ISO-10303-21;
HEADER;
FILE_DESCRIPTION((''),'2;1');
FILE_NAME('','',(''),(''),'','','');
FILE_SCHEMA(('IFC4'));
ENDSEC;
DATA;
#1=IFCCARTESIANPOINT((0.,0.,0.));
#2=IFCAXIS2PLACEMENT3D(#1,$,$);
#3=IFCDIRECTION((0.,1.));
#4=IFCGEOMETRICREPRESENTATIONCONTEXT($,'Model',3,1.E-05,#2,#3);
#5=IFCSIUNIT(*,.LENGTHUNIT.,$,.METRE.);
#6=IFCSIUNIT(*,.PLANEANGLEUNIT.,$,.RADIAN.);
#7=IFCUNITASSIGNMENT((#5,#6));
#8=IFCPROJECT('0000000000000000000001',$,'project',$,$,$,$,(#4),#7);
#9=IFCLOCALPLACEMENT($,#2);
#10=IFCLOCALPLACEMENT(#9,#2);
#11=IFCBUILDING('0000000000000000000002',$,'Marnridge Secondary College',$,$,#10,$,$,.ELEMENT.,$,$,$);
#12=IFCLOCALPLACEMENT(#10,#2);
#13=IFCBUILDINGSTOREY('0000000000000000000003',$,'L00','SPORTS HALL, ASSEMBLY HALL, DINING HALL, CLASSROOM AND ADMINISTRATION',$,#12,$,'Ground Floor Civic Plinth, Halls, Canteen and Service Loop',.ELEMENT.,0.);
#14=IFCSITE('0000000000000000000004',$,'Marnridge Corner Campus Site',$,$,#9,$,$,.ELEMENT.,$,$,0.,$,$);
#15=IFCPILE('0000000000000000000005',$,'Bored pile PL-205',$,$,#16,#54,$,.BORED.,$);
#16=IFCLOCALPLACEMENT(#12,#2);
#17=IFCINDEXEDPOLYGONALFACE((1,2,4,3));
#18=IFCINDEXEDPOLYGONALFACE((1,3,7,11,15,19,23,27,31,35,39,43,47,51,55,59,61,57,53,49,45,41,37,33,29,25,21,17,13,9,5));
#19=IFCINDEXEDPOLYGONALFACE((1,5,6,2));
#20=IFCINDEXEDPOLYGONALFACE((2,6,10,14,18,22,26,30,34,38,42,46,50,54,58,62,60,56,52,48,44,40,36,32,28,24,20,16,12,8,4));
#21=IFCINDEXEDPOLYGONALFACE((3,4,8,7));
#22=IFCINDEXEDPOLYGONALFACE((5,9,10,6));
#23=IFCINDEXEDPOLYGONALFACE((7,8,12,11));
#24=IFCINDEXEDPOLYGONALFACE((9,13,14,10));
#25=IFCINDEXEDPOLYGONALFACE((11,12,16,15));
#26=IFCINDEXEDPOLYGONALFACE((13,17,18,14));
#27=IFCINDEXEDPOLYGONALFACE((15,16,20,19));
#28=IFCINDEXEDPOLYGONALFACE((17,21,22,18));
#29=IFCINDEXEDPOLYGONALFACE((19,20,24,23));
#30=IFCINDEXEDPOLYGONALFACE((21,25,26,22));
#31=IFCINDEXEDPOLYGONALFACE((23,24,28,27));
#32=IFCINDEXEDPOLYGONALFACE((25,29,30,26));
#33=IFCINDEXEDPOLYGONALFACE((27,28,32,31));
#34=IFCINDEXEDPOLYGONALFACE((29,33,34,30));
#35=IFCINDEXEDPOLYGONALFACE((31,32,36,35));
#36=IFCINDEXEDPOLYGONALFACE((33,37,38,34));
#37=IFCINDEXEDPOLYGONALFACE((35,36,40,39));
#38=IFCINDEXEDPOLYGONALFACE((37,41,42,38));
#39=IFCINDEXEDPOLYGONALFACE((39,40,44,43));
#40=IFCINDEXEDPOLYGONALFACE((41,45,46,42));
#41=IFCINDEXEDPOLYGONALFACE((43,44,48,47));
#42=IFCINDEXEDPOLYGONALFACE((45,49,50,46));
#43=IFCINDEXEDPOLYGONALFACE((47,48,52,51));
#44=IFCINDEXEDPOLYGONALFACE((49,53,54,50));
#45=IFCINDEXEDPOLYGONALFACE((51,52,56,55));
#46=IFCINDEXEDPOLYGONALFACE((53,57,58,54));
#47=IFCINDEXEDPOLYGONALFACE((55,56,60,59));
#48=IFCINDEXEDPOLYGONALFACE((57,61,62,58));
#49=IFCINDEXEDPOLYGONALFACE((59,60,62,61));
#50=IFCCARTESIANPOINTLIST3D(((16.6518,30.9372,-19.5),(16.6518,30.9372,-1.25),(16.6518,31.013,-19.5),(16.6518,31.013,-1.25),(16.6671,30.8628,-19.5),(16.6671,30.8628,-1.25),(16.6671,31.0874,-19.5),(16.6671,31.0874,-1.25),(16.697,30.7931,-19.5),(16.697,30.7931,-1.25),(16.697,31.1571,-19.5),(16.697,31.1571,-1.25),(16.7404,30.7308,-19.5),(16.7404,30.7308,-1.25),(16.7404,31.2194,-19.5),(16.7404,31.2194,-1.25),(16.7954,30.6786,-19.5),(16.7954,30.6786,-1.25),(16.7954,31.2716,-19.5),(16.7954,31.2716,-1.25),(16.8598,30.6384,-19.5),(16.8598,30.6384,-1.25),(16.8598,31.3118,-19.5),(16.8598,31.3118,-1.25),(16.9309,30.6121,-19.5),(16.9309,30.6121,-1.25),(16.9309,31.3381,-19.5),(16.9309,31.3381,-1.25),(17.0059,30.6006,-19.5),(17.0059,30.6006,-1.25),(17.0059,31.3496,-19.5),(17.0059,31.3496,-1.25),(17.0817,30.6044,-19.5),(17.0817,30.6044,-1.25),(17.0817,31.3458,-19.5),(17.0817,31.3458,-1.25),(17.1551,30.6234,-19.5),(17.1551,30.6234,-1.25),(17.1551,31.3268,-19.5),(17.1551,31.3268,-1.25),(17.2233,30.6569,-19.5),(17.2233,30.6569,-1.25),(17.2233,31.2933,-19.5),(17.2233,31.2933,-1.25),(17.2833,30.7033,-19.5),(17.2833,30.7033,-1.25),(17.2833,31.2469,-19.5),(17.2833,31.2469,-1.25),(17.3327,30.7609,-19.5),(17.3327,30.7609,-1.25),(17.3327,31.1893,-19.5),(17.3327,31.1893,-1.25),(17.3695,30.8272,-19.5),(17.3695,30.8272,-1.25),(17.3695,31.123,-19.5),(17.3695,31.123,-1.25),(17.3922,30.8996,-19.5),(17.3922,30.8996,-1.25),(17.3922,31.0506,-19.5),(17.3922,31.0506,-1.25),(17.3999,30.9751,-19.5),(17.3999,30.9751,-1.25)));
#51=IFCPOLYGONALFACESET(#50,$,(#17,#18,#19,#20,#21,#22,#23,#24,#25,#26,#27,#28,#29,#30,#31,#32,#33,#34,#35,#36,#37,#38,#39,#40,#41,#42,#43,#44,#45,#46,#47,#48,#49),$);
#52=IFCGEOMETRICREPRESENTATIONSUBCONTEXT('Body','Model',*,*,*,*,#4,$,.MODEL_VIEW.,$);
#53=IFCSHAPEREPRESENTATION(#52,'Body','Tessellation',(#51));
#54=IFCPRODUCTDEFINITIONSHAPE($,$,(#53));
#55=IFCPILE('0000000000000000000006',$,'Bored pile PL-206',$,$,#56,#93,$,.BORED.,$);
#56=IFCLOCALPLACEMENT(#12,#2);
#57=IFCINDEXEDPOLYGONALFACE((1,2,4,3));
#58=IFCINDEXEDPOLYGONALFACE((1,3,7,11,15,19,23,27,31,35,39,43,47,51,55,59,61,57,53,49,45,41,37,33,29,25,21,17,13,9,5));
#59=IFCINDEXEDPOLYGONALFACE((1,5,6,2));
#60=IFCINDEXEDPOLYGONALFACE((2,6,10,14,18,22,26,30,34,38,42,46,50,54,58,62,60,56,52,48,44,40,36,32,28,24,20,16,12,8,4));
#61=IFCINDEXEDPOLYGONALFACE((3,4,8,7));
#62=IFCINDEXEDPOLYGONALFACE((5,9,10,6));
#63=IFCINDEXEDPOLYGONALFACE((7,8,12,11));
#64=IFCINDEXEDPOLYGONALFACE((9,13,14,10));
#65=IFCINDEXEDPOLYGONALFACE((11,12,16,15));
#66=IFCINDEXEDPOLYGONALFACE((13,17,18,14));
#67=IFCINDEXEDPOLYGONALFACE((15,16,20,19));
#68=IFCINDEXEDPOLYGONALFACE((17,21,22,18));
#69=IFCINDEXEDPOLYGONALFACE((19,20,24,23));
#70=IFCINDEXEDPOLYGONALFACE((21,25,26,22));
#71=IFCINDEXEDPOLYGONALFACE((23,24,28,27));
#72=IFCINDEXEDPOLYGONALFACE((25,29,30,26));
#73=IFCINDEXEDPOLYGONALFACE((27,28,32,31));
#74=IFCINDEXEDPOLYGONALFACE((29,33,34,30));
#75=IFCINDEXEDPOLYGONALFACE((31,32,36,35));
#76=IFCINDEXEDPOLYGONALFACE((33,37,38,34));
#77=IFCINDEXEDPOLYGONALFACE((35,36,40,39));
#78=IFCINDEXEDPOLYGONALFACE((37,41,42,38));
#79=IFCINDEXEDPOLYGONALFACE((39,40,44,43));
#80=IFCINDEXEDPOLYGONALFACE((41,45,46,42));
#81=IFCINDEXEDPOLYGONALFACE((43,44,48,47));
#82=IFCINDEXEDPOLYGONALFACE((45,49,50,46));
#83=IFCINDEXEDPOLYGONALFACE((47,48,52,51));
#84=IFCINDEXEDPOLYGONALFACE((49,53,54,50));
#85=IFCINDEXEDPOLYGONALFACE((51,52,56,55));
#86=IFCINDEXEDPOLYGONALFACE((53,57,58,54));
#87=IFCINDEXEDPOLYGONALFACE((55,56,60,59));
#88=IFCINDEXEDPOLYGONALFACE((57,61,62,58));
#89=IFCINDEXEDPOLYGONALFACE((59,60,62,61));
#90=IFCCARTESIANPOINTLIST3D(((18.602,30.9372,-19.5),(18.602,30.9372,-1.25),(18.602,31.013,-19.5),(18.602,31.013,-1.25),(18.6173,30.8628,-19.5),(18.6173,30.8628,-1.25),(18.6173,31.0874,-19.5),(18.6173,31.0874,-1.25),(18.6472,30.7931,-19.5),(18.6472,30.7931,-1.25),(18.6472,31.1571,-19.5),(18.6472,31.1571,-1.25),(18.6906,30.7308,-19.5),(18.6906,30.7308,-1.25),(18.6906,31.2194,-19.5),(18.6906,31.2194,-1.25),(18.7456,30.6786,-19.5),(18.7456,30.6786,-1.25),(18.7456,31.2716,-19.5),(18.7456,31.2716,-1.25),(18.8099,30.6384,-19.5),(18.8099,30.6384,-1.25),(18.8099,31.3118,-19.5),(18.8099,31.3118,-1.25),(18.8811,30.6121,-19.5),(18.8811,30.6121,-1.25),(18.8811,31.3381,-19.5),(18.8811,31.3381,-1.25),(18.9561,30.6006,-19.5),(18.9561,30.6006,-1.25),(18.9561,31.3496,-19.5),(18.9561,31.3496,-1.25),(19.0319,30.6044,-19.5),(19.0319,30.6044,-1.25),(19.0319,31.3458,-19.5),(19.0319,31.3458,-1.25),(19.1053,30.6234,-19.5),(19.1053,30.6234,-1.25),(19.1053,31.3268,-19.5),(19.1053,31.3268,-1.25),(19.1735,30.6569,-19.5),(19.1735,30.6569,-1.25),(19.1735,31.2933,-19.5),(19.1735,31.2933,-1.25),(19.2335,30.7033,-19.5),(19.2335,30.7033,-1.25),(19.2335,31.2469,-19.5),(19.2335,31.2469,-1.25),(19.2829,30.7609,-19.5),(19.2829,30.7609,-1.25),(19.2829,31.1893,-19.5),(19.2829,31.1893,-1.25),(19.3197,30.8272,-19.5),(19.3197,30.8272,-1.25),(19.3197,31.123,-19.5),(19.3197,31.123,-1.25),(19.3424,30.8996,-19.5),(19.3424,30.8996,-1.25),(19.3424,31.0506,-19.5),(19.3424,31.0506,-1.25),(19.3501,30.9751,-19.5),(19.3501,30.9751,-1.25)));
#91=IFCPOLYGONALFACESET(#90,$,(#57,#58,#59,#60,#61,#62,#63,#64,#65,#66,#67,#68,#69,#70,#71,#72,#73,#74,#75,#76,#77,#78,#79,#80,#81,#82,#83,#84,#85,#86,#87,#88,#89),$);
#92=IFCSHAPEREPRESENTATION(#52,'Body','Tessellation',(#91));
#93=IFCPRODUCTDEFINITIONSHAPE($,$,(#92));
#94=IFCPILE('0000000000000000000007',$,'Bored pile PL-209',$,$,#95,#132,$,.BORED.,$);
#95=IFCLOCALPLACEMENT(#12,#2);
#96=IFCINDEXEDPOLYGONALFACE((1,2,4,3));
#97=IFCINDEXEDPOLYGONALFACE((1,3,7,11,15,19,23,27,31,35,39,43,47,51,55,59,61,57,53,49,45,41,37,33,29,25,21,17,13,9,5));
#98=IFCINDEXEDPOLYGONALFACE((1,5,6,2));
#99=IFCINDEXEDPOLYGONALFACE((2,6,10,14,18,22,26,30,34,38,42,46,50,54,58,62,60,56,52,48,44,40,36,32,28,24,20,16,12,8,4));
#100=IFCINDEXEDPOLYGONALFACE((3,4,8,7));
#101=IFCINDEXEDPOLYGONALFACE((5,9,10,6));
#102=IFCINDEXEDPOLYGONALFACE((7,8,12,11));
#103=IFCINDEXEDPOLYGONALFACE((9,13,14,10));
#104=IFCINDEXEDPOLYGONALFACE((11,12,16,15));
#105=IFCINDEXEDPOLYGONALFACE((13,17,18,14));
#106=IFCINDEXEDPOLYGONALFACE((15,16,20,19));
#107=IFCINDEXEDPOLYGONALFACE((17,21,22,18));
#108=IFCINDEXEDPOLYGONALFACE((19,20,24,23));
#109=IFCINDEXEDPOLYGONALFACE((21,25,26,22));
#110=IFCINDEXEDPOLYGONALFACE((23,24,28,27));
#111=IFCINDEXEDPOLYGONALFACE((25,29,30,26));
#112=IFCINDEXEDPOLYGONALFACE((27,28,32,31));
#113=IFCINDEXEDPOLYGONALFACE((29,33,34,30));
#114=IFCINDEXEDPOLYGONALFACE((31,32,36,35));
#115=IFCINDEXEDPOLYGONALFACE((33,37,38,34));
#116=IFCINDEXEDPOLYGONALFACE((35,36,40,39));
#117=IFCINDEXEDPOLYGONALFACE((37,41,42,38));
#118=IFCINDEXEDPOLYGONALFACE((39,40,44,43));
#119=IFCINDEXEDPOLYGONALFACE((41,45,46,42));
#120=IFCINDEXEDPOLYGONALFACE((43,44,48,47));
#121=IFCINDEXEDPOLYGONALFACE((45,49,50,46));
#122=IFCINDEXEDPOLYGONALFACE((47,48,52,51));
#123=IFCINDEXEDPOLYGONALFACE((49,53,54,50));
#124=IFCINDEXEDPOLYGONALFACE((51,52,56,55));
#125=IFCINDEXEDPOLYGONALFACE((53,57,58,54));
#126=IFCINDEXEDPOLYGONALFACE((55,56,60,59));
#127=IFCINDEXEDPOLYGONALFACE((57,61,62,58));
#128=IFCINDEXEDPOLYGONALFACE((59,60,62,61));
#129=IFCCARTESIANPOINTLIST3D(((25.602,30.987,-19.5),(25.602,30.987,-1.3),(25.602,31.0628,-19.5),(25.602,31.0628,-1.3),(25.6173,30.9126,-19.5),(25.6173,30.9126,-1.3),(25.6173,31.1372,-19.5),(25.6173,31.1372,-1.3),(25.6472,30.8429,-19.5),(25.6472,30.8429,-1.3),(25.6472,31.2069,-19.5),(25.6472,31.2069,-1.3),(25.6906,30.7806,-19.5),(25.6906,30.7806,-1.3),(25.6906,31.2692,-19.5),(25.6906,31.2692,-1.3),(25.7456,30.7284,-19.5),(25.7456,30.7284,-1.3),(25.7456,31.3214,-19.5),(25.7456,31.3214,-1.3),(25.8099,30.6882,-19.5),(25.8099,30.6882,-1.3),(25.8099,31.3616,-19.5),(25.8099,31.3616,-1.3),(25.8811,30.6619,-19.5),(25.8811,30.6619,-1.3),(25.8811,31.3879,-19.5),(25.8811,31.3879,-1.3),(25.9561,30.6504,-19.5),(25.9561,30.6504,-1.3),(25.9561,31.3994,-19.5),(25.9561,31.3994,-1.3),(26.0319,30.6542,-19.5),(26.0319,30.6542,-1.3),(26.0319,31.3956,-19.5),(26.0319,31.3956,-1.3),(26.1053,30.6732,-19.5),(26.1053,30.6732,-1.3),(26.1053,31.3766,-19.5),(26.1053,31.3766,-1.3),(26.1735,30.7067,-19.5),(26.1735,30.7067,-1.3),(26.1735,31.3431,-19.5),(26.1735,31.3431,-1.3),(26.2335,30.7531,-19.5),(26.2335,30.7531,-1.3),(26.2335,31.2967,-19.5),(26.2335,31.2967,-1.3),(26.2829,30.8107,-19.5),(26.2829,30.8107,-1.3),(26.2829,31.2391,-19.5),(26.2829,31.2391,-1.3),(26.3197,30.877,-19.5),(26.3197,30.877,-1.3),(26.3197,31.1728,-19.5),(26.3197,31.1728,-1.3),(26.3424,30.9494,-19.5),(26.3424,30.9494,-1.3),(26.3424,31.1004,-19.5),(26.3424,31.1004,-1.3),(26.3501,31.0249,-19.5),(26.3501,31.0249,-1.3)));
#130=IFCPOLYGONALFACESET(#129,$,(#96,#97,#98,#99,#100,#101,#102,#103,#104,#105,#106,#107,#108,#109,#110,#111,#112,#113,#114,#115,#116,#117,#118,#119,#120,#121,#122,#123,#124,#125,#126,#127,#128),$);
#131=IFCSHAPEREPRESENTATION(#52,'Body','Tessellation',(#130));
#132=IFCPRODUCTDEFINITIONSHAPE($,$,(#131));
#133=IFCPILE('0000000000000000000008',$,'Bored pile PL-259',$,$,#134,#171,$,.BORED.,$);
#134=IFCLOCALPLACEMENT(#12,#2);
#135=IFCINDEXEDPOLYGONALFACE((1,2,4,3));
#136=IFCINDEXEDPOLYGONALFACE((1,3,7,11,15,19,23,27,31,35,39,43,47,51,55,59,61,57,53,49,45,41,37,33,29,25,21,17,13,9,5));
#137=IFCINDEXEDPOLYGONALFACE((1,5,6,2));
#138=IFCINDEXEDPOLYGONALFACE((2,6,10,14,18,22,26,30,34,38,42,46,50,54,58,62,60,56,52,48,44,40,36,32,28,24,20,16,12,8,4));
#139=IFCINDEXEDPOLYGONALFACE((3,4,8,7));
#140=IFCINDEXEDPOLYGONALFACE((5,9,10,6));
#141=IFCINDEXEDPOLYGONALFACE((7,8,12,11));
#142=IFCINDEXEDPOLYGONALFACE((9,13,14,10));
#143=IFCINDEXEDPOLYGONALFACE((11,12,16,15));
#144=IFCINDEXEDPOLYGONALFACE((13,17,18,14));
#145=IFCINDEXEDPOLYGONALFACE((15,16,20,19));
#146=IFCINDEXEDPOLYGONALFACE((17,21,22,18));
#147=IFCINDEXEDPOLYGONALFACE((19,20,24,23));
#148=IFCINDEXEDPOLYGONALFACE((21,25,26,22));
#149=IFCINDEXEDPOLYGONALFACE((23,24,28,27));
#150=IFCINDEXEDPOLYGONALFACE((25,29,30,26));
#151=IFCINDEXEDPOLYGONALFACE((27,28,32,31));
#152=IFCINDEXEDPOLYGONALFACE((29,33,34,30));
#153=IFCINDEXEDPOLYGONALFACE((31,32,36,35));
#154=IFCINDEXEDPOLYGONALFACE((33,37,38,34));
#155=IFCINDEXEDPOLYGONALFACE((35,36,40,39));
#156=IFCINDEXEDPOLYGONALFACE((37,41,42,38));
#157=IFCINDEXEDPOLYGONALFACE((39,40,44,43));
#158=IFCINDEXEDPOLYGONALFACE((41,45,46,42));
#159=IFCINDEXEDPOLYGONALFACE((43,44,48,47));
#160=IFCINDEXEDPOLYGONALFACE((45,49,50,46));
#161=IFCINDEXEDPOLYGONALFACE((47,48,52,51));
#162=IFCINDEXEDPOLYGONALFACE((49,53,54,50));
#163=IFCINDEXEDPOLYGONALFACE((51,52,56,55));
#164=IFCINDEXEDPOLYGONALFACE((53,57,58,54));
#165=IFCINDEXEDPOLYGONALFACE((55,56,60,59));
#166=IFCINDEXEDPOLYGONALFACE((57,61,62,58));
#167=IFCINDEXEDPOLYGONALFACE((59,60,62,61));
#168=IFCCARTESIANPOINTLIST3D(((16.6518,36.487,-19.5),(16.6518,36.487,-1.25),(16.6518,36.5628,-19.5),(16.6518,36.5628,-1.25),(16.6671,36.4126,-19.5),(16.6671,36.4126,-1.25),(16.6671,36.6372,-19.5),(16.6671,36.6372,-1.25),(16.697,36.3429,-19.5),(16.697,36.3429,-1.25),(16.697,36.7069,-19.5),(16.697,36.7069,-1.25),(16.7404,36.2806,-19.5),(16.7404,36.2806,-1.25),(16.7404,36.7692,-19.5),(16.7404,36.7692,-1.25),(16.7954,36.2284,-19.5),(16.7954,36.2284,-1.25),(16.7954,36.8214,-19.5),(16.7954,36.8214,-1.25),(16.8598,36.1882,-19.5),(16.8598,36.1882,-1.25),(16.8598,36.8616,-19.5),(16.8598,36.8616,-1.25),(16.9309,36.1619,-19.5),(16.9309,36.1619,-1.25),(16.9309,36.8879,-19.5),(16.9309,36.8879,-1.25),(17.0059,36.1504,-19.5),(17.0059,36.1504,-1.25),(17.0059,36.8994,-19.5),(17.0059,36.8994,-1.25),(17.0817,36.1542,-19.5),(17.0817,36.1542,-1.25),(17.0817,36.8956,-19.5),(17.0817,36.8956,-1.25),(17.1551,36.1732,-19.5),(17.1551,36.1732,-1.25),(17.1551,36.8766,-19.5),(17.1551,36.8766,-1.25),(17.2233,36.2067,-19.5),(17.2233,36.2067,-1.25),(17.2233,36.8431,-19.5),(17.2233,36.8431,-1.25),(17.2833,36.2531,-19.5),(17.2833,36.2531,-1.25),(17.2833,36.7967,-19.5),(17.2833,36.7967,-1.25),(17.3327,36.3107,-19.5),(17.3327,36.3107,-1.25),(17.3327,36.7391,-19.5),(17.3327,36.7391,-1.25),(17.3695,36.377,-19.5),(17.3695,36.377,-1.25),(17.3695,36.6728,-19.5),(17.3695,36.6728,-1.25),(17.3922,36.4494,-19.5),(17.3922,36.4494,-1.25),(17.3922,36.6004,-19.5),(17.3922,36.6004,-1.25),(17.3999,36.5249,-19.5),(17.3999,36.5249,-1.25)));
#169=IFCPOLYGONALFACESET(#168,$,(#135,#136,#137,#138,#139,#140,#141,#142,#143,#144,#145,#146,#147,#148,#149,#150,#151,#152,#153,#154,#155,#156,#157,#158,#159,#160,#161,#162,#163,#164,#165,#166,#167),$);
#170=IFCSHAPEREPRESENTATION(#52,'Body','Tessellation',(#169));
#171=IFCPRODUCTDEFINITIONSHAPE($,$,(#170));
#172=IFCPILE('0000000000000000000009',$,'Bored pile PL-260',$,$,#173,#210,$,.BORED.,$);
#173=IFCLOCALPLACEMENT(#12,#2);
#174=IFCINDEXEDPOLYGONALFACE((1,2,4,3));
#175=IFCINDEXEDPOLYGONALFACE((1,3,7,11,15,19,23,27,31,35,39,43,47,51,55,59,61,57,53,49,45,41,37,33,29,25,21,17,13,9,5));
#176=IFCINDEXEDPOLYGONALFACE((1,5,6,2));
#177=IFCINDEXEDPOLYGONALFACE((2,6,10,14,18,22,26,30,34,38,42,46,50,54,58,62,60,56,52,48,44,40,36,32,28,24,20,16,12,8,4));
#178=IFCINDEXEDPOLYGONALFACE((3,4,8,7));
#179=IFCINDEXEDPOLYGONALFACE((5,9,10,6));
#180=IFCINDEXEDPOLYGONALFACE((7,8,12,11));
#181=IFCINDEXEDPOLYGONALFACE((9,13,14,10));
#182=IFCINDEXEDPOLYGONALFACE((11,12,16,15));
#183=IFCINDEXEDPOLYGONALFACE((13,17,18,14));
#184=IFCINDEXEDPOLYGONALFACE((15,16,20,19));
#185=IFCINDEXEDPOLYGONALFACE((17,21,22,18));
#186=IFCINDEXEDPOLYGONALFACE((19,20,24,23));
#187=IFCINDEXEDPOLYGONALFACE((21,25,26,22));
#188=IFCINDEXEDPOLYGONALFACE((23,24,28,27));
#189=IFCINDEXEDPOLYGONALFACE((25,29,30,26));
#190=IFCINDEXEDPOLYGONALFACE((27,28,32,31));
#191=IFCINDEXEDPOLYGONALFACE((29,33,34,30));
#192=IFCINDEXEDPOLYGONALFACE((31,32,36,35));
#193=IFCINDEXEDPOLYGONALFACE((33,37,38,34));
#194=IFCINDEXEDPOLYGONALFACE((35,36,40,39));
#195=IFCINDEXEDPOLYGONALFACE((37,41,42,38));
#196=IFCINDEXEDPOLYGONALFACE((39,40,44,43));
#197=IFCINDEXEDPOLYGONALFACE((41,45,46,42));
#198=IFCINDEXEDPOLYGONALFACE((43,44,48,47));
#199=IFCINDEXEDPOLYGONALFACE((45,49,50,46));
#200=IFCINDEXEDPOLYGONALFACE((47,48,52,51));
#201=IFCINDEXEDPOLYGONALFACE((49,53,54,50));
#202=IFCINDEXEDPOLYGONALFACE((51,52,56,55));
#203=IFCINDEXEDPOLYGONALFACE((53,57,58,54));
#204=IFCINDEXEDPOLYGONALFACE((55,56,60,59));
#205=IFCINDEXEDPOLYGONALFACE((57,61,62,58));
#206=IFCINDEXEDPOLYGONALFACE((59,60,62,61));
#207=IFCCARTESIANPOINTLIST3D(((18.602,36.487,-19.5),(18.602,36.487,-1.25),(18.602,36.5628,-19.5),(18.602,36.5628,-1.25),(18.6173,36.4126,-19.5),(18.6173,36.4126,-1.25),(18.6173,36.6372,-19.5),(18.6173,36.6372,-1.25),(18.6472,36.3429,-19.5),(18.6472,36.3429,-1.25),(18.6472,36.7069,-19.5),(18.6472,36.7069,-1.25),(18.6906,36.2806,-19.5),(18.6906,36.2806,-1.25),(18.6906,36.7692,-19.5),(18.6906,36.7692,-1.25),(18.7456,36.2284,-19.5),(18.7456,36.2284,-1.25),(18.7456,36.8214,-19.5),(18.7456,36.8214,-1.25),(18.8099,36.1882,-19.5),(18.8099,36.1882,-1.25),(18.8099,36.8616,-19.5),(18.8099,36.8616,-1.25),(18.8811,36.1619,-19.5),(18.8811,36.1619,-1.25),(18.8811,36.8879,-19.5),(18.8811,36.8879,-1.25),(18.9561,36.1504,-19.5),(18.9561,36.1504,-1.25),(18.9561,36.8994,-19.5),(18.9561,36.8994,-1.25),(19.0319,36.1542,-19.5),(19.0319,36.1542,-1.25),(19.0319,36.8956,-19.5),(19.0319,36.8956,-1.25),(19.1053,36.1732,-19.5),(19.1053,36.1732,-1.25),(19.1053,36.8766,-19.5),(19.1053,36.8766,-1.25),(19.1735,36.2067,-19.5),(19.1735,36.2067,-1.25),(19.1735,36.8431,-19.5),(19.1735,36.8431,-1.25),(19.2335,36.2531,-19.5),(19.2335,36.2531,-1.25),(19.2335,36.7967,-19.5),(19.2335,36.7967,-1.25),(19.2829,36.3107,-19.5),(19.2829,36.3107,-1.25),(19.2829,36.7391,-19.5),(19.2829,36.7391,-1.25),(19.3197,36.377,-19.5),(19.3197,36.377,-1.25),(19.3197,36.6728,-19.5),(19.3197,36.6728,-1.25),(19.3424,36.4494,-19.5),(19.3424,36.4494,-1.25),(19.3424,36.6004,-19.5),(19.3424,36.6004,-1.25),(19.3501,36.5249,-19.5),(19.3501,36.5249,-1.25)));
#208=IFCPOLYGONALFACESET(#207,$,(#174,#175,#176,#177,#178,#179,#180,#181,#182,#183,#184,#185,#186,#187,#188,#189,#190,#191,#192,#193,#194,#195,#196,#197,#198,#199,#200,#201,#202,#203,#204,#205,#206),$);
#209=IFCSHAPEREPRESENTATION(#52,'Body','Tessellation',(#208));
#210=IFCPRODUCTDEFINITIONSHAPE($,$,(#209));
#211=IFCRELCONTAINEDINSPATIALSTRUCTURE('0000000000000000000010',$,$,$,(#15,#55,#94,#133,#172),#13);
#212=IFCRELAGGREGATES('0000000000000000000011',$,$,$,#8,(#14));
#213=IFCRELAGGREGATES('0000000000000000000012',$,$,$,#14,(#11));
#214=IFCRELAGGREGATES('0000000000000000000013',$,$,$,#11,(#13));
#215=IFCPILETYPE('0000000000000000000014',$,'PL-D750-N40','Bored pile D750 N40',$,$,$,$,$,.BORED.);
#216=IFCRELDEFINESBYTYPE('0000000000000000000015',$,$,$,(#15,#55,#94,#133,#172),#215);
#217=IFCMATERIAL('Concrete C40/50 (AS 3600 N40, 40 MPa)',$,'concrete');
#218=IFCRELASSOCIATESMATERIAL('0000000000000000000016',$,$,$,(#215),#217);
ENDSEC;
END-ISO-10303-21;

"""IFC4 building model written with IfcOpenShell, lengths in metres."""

from ifc_helpers import new_model, si_unit, direction, frame, origin, origin_2d, place, context, subcontext, project, spatial, circle, extrude, material, material_profile, profile_set, type_object, element, save


model = new_model("IFC4")

# Units and contexts
model_context = context("Model", 3, precision=1e-05, world=origin(), true_north=direction((0.0, 1.0)))
body_context = subcontext(model_context, "Body", "Model", "MODEL_VIEW")
ifc_project = project(units=[si_unit("LENGTHUNIT", "METRE"), si_unit("PLANEANGLEUNIT", "RADIAN")], contexts=[model_context])

# Site, building, storey
site_placement = place(None, origin())
site = spatial("IfcSite", under=ifc_project, at=site_placement, Name="Marnridge Corner Campus Site", CompositionType="ELEMENT", RefElevation=0.0)
building_placement = place(site_placement, origin())
building = spatial("IfcBuilding", under=site, at=building_placement, Name="Marnridge Secondary College", CompositionType="ELEMENT")
storey_placement = place(building_placement, origin())
storey = spatial("IfcBuildingStorey", under=building, at=storey_placement, Name="L00", Description="SPORTS HALL, ASSEMBLY HALL, DINING HALL, CLASSROOM AND ADMINISTRATION", LongName="Ground Floor Civic Plinth, Halls, Canteen and Service Loop", CompositionType="ELEMENT", Elevation=0.0)

# Piles
ifc_material_1 = material(Name="Concrete C40/50 (AS 3600 N40, 40 MPa)", Category="concrete")
ifc_material_profile_1 = material_profile(ifc_material_1, circle(Radius=0.375, at=origin_2d()), Name="PILE D750")
ifc_profile_set_1 = profile_set([ifc_material_profile_1], Name="Concrete C40/50 (AS 3600 N40, 40 MPa)")
pile_type_1 = type_object("IfcPileType", Name="PL-D750-N40", Description="Bored pile D750 N40", PredefinedType="BORED", material=ifc_profile_set_1)
for number, where, z_axis, x_axis, name in (
    (1, (17.0249, 30.9751, -1.25), (0.0, 0.0, -1.0), (1.0, 0.0, 0.0), "Bored pile PL-205"),
    (2, (18.9751, 30.9751, -1.25), (0.0, 0.0, -1.0), (1.0, 0.0, 0.0), "Bored pile PL-206"),
):
    element("IfcPile", number, at=place(storey_placement, frame(where, z_axis=z_axis, x_axis=x_axis)), inside=storey, type_object=pile_type_1, Name=name, PredefinedType="BORED", context=body_context, shape_type="SweptSolid", body=[
        extrude(circle(Radius=0.375, at=origin_2d()), origin(), (0.0, 0.0, 1.0), 18.25),
    ])
pile_1_placement = place(storey_placement, frame((25.9751, 31.0249, -1.3), z_axis=(0.0, 0.0, -1.0), x_axis=(1.0, 0.0, 0.0)))
element("IfcPile", 3, at=pile_1_placement, inside=storey, type_object=pile_type_1, Name="Bored pile PL-209", PredefinedType="BORED", context=body_context, shape_type="SweptSolid", body=[
    extrude(circle(Radius=0.375, at=origin_2d()), origin(), (0.0, 0.0, 1.0), 18.2),
])
for number, where, z_axis, x_axis, name in (
    (4, (17.0249, 36.5249, -1.25), (0.0, 0.0, -1.0), (1.0, 0.0, 0.0), "Bored pile PL-259"),
    (5, (18.9751, 36.5249, -1.25), (0.0, 0.0, -1.0), (1.0, 0.0, 0.0), "Bored pile PL-260"),
):
    element("IfcPile", number, at=place(storey_placement, frame(where, z_axis=z_axis, x_axis=x_axis)), inside=storey, type_object=pile_type_1, Name=name, PredefinedType="BORED", context=body_context, shape_type="SweptSolid", body=[
        extrude(circle(Radius=0.375, at=origin_2d()), origin(), (0.0, 0.0, 1.0), 18.25),
    ])

save(model, "model.ifc")
